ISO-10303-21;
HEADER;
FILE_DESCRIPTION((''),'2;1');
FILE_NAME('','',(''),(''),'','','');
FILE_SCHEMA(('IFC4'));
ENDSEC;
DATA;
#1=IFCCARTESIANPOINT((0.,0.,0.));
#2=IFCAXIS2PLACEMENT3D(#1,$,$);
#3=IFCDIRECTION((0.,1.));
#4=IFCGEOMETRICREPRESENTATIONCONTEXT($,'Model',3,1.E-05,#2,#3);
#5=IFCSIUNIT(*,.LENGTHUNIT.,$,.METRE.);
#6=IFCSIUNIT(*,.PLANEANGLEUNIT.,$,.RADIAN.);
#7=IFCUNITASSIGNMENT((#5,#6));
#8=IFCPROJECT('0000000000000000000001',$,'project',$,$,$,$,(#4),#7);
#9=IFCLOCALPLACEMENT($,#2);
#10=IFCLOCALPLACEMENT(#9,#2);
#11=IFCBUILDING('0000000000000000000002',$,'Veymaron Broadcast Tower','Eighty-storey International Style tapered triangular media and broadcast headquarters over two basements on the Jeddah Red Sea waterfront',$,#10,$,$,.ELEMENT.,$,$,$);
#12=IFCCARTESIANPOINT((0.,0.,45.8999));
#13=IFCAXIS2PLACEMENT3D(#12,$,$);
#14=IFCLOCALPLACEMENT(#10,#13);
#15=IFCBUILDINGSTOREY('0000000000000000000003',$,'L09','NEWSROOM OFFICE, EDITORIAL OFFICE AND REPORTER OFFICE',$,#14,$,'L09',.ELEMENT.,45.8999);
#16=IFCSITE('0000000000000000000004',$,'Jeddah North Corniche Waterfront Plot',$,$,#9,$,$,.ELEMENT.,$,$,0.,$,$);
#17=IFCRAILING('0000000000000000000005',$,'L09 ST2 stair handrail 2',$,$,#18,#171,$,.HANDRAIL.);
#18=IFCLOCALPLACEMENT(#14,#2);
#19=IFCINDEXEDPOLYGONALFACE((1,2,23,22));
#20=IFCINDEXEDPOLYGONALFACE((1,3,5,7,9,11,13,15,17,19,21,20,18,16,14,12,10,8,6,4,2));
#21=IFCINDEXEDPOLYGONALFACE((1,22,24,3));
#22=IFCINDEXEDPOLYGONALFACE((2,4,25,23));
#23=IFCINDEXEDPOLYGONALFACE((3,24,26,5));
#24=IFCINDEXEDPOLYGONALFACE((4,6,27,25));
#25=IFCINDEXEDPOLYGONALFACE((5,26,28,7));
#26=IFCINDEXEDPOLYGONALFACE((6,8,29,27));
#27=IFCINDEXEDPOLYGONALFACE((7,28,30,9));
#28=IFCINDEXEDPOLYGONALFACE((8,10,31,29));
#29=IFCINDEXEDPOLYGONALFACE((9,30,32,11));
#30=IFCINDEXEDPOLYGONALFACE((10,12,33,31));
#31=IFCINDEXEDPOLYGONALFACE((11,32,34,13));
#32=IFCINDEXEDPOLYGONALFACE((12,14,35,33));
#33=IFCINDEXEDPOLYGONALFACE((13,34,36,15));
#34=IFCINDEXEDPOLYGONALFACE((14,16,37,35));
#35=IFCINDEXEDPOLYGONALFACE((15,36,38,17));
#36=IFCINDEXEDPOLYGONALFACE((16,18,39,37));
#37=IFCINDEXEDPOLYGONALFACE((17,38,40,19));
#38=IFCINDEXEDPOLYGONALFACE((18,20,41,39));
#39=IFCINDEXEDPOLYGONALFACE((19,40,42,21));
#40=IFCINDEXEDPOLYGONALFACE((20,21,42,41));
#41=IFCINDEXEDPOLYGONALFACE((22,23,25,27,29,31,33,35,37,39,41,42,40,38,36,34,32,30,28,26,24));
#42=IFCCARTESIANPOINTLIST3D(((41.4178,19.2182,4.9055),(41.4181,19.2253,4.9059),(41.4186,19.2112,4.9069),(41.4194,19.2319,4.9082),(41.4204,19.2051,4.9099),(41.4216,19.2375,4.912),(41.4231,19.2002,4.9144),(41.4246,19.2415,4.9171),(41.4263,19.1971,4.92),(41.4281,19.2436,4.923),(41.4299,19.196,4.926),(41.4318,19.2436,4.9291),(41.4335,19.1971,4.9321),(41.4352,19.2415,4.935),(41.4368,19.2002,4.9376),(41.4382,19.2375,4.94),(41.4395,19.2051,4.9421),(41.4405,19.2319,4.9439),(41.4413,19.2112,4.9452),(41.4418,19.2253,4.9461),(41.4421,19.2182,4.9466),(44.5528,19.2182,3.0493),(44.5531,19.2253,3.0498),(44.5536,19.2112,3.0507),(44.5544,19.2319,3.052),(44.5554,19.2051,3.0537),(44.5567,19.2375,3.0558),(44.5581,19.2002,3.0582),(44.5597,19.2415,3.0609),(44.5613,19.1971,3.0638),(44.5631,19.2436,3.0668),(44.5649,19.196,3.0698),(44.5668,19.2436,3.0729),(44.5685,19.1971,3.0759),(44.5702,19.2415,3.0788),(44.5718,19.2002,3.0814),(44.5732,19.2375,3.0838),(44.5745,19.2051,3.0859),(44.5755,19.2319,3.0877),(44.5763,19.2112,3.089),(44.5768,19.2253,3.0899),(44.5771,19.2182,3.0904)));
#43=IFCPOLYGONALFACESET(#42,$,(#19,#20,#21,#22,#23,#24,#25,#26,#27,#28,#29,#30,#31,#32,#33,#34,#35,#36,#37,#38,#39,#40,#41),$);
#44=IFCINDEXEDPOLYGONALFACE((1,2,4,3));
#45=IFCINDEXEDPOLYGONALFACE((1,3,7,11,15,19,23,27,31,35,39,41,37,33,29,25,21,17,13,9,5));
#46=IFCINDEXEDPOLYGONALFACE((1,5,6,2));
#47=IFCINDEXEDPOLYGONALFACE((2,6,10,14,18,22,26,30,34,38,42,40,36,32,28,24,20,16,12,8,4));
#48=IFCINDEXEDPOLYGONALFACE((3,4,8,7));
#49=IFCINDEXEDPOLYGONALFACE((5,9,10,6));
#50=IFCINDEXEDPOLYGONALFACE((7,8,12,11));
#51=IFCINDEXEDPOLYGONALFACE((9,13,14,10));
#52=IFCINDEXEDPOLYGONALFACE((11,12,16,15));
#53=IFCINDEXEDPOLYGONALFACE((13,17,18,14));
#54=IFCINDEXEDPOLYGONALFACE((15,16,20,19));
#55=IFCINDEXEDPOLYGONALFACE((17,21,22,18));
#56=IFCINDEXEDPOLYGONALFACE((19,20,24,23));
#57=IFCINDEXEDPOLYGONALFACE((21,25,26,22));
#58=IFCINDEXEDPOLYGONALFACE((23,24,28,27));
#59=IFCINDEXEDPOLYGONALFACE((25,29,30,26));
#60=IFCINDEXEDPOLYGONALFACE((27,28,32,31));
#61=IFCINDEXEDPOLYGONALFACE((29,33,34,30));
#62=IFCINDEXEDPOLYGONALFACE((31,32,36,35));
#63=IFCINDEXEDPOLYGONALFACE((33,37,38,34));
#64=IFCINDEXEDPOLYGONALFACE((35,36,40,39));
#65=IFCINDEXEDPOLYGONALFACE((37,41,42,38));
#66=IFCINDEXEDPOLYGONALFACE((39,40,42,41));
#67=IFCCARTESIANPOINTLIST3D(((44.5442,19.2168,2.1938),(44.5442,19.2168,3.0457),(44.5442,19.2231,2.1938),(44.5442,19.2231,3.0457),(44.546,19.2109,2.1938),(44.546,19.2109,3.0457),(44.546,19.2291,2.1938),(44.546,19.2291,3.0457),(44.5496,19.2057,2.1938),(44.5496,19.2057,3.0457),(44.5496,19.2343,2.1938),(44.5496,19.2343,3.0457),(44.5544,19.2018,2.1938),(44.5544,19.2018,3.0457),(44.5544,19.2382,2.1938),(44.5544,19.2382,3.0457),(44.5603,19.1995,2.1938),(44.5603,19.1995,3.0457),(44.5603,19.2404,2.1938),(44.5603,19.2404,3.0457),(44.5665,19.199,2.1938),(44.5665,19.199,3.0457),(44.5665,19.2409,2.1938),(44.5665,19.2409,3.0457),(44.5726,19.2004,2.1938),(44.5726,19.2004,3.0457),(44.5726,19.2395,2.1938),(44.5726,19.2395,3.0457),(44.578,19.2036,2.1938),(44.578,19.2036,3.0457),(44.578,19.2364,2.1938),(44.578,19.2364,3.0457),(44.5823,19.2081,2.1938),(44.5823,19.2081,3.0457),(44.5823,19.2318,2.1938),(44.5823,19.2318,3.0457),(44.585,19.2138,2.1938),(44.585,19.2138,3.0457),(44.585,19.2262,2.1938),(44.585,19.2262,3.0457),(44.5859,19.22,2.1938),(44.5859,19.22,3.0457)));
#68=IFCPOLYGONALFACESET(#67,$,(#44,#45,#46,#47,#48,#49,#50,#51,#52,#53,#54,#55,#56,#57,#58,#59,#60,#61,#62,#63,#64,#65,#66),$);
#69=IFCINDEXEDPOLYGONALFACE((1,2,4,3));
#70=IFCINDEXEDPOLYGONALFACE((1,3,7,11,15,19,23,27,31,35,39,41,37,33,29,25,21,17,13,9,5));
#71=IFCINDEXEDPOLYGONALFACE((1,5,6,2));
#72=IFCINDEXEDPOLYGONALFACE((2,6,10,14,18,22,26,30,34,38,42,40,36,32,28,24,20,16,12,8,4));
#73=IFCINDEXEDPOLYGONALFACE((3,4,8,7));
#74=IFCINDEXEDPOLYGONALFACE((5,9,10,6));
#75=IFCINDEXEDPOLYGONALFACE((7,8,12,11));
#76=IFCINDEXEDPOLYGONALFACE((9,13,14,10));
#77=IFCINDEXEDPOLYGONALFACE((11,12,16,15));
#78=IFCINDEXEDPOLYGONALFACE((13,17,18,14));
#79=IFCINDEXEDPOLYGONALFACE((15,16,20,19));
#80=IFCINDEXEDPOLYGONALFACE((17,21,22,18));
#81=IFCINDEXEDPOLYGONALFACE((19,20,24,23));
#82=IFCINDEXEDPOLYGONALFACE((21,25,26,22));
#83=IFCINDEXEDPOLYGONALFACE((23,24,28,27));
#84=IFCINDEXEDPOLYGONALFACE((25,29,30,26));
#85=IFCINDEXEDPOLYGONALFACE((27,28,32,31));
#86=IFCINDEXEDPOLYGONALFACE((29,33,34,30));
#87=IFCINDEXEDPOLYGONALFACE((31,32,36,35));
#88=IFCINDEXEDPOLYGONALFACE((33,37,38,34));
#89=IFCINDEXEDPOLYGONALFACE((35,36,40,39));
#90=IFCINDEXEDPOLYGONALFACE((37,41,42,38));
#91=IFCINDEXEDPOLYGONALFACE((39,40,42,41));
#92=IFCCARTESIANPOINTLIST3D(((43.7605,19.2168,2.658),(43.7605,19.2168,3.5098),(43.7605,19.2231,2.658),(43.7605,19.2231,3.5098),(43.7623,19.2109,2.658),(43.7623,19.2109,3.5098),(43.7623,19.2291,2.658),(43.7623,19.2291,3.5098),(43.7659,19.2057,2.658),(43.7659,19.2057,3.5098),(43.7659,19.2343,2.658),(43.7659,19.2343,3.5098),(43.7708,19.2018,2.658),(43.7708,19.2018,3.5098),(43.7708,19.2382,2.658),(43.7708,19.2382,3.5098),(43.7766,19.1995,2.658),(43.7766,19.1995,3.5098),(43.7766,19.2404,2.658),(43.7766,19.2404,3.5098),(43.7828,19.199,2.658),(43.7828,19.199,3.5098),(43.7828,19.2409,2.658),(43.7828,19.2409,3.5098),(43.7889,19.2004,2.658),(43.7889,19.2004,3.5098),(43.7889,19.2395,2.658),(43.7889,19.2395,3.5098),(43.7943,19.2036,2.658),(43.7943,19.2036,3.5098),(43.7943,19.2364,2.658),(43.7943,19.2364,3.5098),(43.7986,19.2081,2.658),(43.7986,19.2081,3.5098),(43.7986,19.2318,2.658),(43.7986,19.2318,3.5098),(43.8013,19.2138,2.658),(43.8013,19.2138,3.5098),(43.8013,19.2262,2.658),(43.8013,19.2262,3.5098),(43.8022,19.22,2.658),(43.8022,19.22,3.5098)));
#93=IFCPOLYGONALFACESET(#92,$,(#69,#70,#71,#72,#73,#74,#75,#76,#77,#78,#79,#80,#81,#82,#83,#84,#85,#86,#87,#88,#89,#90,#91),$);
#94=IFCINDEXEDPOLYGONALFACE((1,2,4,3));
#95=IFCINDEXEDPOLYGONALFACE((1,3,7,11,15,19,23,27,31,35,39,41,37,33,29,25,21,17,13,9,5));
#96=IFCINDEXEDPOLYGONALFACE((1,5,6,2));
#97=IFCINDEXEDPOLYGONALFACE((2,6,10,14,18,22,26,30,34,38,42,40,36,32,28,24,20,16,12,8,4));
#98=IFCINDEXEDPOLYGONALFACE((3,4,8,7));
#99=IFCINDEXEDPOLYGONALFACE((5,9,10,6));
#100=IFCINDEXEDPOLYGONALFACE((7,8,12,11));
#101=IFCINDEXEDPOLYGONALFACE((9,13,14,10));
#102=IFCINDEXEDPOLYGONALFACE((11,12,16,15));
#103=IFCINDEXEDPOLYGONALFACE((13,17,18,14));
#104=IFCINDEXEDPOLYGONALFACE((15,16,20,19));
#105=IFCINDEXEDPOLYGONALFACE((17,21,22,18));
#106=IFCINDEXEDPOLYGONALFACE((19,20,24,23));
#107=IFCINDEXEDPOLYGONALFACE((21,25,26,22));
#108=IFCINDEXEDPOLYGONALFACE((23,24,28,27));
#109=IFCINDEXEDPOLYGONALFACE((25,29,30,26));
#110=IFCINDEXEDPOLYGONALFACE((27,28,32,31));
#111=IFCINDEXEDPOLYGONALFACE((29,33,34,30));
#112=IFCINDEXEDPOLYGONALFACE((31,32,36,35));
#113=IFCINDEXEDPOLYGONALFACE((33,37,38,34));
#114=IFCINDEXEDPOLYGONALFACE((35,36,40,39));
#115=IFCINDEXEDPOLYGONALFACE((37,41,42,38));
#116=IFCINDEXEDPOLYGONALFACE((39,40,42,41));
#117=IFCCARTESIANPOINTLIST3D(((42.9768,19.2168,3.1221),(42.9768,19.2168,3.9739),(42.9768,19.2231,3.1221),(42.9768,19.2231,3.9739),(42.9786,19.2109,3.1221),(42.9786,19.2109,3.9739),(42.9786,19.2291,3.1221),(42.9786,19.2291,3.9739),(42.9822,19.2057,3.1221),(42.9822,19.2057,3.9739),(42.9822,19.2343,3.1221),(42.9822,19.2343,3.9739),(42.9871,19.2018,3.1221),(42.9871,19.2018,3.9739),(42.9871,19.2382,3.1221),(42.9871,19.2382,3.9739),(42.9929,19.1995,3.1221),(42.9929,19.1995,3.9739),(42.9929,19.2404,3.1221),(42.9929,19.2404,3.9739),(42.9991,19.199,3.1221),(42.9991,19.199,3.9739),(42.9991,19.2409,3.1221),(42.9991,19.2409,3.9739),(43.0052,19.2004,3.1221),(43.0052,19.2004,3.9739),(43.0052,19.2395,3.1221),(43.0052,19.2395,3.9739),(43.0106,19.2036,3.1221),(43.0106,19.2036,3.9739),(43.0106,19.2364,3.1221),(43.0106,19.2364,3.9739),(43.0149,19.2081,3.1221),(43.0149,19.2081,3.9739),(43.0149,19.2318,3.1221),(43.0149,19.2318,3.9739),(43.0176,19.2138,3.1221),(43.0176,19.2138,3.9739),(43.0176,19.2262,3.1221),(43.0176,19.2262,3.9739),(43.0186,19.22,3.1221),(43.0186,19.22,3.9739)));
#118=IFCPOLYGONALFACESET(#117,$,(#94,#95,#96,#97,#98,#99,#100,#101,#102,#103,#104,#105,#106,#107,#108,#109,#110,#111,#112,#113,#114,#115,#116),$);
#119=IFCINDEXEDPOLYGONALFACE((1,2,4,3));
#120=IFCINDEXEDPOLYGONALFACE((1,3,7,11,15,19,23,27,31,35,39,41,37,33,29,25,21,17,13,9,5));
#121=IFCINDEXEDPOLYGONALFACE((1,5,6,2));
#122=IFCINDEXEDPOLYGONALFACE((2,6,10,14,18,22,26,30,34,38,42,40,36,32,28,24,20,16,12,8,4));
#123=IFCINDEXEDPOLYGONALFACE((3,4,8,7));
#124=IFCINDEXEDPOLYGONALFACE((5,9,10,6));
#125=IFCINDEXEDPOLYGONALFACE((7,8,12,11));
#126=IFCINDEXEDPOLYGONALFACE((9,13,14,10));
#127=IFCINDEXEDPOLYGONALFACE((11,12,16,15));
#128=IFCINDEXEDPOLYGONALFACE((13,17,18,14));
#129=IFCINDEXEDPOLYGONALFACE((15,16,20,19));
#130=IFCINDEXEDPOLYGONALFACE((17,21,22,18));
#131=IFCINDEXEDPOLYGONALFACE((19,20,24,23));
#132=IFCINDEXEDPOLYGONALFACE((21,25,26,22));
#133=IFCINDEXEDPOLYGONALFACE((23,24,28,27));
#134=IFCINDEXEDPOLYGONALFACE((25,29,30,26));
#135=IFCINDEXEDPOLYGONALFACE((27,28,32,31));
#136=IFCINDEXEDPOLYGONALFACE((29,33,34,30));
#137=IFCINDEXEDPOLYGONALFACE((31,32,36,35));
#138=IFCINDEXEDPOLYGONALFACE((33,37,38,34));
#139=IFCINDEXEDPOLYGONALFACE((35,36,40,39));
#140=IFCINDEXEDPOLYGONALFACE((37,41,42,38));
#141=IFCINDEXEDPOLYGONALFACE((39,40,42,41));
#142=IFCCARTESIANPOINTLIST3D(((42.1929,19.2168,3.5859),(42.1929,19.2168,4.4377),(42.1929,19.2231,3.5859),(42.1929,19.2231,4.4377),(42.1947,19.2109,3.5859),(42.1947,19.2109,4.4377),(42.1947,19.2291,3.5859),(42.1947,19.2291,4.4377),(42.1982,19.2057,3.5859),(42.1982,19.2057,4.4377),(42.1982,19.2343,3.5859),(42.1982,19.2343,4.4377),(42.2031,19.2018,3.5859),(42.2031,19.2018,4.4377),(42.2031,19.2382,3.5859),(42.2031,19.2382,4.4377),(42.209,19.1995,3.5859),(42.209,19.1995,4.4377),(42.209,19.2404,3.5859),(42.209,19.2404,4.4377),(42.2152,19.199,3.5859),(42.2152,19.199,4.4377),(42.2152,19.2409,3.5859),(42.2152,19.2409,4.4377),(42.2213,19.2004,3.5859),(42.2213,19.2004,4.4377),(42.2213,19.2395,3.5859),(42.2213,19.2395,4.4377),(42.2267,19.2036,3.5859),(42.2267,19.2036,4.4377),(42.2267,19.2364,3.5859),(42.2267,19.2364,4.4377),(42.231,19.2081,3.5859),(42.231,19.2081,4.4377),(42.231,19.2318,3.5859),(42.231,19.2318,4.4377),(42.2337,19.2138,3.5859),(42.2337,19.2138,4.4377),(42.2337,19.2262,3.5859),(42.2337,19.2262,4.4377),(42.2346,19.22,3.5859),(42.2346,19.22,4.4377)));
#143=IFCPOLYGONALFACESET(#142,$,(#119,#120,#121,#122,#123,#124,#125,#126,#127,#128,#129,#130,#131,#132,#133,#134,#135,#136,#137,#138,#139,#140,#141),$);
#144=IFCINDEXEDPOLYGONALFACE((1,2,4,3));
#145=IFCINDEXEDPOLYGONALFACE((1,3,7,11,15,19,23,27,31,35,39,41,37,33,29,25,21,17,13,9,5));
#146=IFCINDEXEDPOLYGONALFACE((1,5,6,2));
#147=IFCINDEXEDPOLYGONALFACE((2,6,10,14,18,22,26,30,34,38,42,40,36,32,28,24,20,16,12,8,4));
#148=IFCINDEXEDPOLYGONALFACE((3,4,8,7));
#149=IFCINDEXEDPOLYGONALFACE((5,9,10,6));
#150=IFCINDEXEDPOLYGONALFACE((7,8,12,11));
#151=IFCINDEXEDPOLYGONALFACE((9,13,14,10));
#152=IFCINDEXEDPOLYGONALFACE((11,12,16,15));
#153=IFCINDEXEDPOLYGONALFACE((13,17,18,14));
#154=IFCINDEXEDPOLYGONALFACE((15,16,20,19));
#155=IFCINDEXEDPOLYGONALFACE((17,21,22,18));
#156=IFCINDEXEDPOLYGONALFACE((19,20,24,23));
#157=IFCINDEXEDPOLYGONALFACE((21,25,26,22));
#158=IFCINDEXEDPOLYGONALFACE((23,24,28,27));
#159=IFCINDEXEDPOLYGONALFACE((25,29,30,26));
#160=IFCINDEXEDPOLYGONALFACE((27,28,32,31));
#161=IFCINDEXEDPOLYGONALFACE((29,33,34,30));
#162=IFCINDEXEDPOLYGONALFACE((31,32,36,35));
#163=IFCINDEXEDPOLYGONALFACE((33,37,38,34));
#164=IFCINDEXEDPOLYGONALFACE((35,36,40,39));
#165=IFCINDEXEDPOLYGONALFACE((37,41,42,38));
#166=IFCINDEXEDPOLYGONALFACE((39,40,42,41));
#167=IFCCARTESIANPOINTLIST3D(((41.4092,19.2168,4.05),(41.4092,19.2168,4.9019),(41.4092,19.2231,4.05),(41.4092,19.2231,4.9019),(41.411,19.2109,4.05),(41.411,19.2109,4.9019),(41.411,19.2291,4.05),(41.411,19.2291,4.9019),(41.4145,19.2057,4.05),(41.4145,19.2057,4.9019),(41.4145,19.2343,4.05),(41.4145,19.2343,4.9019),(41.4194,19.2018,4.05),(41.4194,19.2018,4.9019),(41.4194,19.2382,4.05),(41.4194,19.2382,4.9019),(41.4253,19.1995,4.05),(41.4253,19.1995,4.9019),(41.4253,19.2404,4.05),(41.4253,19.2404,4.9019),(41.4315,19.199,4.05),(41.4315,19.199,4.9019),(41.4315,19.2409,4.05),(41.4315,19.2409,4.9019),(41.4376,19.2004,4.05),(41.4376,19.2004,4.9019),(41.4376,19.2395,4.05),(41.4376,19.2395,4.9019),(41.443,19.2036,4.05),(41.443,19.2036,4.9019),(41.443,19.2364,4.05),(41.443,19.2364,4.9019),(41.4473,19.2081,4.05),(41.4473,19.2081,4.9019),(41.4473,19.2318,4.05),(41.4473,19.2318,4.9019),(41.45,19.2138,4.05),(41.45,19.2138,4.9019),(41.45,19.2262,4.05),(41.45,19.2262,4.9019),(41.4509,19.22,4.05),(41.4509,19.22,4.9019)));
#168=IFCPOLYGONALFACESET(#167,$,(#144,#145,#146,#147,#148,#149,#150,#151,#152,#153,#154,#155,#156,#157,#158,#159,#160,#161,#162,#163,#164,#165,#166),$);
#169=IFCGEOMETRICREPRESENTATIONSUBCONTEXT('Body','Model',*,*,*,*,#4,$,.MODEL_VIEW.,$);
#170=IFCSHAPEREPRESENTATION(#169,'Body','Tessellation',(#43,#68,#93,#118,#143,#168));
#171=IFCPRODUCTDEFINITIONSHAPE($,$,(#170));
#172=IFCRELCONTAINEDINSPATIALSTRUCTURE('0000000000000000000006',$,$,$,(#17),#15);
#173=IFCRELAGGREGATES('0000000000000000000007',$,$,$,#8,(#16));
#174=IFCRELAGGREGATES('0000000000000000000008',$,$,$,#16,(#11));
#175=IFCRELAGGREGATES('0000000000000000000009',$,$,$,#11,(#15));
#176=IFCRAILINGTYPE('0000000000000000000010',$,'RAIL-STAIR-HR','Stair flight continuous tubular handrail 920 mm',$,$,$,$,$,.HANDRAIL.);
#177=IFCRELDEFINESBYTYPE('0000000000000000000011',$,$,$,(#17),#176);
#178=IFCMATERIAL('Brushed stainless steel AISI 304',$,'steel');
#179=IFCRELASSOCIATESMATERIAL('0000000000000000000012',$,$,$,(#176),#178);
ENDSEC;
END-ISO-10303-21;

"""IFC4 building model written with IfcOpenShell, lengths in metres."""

from ifc_helpers import new_model, si_unit, direction, frame, origin, origin_2d, place, context, subcontext, project, spatial, circle, extrude, material, type_object, element, save


model = new_model("IFC4")

# Units and contexts
model_context = context("Model", 3, precision=1e-05, world=origin(), true_north=direction((0.0, 1.0)))
body_context = subcontext(model_context, "Body", "Model", "MODEL_VIEW")
ifc_project = project(units=[si_unit("LENGTHUNIT", "METRE"), si_unit("PLANEANGLEUNIT", "RADIAN")], contexts=[model_context])

# Site, building, storey
site_placement = place(None, origin())
site = spatial("IfcSite", under=ifc_project, at=site_placement, Name="Jeddah North Corniche Waterfront Plot", CompositionType="ELEMENT", RefElevation=0.0)
building_placement = place(site_placement, origin())
building = spatial("IfcBuilding", under=site, at=building_placement, Name="Veymaron Broadcast Tower", Description="Eighty-storey International Style tapered triangular media and broadcast headquarters over two basements on the Jeddah Red Sea waterfront", CompositionType="ELEMENT")
storey_placement = place(building_placement, frame((0.0, 0.0, 45.8999)))
storey = spatial("IfcBuildingStorey", under=building, at=storey_placement, Name="L09", Description="NEWSROOM OFFICE, EDITORIAL OFFICE AND REPORTER OFFICE", LongName="L09", CompositionType="ELEMENT", Elevation=45.8999)

# Railing
ifc_material_1 = material(Name="Brushed stainless steel AISI 304", Category="steel")
railing_type_1 = type_object("IfcRailingType", Name="RAIL-STAIR-HR", Description="Stair flight continuous tubular handrail 920 mm", PredefinedType="HANDRAIL", material=ifc_material_1)
railing_1_placement = place(storey_placement, frame((44.5649, 19.22, 2.1938)))
element("IfcRailing", 1, at=railing_1_placement, inside=storey, type_object=railing_type_1, Name="L09 ST2 stair handrail 2", PredefinedType="HANDRAIL", context=body_context, shape_type="SweptSolid", body=[
    extrude(circle(Radius=0.0239, at=origin_2d()), frame((0.0, 0.0, 0.876), z_axis=(-0.860482, 0.0, 0.509481), x_axis=(0.0, -1.0, 0.0)), (0.0, 0.0, 1.0), 3.6433),
    extrude(circle(Radius=0.021, at=origin_2d()), origin(), (0.0, 0.0, 1.0), 0.8518),
    extrude(circle(Radius=0.021, at=origin_2d()), frame((-0.7837, 0.0, 0.4641)), (0.0, 0.0, 1.0), 0.8518),
    extrude(circle(Radius=0.021, at=origin_2d()), frame((-1.5674, 0.0, 0.9282)), (0.0, 0.0, 1.0), 0.8518),
    extrude(circle(Radius=0.021, at=origin_2d()), frame((-2.3513, 0.0, 1.3921)), (0.0, 0.0, 1.0), 0.8518),
    extrude(circle(Radius=0.021, at=origin_2d()), frame((-3.135, 0.0, 1.8562)), (0.0, 0.0, 1.0), 0.8518),
])

save(model, "model.ifc")
